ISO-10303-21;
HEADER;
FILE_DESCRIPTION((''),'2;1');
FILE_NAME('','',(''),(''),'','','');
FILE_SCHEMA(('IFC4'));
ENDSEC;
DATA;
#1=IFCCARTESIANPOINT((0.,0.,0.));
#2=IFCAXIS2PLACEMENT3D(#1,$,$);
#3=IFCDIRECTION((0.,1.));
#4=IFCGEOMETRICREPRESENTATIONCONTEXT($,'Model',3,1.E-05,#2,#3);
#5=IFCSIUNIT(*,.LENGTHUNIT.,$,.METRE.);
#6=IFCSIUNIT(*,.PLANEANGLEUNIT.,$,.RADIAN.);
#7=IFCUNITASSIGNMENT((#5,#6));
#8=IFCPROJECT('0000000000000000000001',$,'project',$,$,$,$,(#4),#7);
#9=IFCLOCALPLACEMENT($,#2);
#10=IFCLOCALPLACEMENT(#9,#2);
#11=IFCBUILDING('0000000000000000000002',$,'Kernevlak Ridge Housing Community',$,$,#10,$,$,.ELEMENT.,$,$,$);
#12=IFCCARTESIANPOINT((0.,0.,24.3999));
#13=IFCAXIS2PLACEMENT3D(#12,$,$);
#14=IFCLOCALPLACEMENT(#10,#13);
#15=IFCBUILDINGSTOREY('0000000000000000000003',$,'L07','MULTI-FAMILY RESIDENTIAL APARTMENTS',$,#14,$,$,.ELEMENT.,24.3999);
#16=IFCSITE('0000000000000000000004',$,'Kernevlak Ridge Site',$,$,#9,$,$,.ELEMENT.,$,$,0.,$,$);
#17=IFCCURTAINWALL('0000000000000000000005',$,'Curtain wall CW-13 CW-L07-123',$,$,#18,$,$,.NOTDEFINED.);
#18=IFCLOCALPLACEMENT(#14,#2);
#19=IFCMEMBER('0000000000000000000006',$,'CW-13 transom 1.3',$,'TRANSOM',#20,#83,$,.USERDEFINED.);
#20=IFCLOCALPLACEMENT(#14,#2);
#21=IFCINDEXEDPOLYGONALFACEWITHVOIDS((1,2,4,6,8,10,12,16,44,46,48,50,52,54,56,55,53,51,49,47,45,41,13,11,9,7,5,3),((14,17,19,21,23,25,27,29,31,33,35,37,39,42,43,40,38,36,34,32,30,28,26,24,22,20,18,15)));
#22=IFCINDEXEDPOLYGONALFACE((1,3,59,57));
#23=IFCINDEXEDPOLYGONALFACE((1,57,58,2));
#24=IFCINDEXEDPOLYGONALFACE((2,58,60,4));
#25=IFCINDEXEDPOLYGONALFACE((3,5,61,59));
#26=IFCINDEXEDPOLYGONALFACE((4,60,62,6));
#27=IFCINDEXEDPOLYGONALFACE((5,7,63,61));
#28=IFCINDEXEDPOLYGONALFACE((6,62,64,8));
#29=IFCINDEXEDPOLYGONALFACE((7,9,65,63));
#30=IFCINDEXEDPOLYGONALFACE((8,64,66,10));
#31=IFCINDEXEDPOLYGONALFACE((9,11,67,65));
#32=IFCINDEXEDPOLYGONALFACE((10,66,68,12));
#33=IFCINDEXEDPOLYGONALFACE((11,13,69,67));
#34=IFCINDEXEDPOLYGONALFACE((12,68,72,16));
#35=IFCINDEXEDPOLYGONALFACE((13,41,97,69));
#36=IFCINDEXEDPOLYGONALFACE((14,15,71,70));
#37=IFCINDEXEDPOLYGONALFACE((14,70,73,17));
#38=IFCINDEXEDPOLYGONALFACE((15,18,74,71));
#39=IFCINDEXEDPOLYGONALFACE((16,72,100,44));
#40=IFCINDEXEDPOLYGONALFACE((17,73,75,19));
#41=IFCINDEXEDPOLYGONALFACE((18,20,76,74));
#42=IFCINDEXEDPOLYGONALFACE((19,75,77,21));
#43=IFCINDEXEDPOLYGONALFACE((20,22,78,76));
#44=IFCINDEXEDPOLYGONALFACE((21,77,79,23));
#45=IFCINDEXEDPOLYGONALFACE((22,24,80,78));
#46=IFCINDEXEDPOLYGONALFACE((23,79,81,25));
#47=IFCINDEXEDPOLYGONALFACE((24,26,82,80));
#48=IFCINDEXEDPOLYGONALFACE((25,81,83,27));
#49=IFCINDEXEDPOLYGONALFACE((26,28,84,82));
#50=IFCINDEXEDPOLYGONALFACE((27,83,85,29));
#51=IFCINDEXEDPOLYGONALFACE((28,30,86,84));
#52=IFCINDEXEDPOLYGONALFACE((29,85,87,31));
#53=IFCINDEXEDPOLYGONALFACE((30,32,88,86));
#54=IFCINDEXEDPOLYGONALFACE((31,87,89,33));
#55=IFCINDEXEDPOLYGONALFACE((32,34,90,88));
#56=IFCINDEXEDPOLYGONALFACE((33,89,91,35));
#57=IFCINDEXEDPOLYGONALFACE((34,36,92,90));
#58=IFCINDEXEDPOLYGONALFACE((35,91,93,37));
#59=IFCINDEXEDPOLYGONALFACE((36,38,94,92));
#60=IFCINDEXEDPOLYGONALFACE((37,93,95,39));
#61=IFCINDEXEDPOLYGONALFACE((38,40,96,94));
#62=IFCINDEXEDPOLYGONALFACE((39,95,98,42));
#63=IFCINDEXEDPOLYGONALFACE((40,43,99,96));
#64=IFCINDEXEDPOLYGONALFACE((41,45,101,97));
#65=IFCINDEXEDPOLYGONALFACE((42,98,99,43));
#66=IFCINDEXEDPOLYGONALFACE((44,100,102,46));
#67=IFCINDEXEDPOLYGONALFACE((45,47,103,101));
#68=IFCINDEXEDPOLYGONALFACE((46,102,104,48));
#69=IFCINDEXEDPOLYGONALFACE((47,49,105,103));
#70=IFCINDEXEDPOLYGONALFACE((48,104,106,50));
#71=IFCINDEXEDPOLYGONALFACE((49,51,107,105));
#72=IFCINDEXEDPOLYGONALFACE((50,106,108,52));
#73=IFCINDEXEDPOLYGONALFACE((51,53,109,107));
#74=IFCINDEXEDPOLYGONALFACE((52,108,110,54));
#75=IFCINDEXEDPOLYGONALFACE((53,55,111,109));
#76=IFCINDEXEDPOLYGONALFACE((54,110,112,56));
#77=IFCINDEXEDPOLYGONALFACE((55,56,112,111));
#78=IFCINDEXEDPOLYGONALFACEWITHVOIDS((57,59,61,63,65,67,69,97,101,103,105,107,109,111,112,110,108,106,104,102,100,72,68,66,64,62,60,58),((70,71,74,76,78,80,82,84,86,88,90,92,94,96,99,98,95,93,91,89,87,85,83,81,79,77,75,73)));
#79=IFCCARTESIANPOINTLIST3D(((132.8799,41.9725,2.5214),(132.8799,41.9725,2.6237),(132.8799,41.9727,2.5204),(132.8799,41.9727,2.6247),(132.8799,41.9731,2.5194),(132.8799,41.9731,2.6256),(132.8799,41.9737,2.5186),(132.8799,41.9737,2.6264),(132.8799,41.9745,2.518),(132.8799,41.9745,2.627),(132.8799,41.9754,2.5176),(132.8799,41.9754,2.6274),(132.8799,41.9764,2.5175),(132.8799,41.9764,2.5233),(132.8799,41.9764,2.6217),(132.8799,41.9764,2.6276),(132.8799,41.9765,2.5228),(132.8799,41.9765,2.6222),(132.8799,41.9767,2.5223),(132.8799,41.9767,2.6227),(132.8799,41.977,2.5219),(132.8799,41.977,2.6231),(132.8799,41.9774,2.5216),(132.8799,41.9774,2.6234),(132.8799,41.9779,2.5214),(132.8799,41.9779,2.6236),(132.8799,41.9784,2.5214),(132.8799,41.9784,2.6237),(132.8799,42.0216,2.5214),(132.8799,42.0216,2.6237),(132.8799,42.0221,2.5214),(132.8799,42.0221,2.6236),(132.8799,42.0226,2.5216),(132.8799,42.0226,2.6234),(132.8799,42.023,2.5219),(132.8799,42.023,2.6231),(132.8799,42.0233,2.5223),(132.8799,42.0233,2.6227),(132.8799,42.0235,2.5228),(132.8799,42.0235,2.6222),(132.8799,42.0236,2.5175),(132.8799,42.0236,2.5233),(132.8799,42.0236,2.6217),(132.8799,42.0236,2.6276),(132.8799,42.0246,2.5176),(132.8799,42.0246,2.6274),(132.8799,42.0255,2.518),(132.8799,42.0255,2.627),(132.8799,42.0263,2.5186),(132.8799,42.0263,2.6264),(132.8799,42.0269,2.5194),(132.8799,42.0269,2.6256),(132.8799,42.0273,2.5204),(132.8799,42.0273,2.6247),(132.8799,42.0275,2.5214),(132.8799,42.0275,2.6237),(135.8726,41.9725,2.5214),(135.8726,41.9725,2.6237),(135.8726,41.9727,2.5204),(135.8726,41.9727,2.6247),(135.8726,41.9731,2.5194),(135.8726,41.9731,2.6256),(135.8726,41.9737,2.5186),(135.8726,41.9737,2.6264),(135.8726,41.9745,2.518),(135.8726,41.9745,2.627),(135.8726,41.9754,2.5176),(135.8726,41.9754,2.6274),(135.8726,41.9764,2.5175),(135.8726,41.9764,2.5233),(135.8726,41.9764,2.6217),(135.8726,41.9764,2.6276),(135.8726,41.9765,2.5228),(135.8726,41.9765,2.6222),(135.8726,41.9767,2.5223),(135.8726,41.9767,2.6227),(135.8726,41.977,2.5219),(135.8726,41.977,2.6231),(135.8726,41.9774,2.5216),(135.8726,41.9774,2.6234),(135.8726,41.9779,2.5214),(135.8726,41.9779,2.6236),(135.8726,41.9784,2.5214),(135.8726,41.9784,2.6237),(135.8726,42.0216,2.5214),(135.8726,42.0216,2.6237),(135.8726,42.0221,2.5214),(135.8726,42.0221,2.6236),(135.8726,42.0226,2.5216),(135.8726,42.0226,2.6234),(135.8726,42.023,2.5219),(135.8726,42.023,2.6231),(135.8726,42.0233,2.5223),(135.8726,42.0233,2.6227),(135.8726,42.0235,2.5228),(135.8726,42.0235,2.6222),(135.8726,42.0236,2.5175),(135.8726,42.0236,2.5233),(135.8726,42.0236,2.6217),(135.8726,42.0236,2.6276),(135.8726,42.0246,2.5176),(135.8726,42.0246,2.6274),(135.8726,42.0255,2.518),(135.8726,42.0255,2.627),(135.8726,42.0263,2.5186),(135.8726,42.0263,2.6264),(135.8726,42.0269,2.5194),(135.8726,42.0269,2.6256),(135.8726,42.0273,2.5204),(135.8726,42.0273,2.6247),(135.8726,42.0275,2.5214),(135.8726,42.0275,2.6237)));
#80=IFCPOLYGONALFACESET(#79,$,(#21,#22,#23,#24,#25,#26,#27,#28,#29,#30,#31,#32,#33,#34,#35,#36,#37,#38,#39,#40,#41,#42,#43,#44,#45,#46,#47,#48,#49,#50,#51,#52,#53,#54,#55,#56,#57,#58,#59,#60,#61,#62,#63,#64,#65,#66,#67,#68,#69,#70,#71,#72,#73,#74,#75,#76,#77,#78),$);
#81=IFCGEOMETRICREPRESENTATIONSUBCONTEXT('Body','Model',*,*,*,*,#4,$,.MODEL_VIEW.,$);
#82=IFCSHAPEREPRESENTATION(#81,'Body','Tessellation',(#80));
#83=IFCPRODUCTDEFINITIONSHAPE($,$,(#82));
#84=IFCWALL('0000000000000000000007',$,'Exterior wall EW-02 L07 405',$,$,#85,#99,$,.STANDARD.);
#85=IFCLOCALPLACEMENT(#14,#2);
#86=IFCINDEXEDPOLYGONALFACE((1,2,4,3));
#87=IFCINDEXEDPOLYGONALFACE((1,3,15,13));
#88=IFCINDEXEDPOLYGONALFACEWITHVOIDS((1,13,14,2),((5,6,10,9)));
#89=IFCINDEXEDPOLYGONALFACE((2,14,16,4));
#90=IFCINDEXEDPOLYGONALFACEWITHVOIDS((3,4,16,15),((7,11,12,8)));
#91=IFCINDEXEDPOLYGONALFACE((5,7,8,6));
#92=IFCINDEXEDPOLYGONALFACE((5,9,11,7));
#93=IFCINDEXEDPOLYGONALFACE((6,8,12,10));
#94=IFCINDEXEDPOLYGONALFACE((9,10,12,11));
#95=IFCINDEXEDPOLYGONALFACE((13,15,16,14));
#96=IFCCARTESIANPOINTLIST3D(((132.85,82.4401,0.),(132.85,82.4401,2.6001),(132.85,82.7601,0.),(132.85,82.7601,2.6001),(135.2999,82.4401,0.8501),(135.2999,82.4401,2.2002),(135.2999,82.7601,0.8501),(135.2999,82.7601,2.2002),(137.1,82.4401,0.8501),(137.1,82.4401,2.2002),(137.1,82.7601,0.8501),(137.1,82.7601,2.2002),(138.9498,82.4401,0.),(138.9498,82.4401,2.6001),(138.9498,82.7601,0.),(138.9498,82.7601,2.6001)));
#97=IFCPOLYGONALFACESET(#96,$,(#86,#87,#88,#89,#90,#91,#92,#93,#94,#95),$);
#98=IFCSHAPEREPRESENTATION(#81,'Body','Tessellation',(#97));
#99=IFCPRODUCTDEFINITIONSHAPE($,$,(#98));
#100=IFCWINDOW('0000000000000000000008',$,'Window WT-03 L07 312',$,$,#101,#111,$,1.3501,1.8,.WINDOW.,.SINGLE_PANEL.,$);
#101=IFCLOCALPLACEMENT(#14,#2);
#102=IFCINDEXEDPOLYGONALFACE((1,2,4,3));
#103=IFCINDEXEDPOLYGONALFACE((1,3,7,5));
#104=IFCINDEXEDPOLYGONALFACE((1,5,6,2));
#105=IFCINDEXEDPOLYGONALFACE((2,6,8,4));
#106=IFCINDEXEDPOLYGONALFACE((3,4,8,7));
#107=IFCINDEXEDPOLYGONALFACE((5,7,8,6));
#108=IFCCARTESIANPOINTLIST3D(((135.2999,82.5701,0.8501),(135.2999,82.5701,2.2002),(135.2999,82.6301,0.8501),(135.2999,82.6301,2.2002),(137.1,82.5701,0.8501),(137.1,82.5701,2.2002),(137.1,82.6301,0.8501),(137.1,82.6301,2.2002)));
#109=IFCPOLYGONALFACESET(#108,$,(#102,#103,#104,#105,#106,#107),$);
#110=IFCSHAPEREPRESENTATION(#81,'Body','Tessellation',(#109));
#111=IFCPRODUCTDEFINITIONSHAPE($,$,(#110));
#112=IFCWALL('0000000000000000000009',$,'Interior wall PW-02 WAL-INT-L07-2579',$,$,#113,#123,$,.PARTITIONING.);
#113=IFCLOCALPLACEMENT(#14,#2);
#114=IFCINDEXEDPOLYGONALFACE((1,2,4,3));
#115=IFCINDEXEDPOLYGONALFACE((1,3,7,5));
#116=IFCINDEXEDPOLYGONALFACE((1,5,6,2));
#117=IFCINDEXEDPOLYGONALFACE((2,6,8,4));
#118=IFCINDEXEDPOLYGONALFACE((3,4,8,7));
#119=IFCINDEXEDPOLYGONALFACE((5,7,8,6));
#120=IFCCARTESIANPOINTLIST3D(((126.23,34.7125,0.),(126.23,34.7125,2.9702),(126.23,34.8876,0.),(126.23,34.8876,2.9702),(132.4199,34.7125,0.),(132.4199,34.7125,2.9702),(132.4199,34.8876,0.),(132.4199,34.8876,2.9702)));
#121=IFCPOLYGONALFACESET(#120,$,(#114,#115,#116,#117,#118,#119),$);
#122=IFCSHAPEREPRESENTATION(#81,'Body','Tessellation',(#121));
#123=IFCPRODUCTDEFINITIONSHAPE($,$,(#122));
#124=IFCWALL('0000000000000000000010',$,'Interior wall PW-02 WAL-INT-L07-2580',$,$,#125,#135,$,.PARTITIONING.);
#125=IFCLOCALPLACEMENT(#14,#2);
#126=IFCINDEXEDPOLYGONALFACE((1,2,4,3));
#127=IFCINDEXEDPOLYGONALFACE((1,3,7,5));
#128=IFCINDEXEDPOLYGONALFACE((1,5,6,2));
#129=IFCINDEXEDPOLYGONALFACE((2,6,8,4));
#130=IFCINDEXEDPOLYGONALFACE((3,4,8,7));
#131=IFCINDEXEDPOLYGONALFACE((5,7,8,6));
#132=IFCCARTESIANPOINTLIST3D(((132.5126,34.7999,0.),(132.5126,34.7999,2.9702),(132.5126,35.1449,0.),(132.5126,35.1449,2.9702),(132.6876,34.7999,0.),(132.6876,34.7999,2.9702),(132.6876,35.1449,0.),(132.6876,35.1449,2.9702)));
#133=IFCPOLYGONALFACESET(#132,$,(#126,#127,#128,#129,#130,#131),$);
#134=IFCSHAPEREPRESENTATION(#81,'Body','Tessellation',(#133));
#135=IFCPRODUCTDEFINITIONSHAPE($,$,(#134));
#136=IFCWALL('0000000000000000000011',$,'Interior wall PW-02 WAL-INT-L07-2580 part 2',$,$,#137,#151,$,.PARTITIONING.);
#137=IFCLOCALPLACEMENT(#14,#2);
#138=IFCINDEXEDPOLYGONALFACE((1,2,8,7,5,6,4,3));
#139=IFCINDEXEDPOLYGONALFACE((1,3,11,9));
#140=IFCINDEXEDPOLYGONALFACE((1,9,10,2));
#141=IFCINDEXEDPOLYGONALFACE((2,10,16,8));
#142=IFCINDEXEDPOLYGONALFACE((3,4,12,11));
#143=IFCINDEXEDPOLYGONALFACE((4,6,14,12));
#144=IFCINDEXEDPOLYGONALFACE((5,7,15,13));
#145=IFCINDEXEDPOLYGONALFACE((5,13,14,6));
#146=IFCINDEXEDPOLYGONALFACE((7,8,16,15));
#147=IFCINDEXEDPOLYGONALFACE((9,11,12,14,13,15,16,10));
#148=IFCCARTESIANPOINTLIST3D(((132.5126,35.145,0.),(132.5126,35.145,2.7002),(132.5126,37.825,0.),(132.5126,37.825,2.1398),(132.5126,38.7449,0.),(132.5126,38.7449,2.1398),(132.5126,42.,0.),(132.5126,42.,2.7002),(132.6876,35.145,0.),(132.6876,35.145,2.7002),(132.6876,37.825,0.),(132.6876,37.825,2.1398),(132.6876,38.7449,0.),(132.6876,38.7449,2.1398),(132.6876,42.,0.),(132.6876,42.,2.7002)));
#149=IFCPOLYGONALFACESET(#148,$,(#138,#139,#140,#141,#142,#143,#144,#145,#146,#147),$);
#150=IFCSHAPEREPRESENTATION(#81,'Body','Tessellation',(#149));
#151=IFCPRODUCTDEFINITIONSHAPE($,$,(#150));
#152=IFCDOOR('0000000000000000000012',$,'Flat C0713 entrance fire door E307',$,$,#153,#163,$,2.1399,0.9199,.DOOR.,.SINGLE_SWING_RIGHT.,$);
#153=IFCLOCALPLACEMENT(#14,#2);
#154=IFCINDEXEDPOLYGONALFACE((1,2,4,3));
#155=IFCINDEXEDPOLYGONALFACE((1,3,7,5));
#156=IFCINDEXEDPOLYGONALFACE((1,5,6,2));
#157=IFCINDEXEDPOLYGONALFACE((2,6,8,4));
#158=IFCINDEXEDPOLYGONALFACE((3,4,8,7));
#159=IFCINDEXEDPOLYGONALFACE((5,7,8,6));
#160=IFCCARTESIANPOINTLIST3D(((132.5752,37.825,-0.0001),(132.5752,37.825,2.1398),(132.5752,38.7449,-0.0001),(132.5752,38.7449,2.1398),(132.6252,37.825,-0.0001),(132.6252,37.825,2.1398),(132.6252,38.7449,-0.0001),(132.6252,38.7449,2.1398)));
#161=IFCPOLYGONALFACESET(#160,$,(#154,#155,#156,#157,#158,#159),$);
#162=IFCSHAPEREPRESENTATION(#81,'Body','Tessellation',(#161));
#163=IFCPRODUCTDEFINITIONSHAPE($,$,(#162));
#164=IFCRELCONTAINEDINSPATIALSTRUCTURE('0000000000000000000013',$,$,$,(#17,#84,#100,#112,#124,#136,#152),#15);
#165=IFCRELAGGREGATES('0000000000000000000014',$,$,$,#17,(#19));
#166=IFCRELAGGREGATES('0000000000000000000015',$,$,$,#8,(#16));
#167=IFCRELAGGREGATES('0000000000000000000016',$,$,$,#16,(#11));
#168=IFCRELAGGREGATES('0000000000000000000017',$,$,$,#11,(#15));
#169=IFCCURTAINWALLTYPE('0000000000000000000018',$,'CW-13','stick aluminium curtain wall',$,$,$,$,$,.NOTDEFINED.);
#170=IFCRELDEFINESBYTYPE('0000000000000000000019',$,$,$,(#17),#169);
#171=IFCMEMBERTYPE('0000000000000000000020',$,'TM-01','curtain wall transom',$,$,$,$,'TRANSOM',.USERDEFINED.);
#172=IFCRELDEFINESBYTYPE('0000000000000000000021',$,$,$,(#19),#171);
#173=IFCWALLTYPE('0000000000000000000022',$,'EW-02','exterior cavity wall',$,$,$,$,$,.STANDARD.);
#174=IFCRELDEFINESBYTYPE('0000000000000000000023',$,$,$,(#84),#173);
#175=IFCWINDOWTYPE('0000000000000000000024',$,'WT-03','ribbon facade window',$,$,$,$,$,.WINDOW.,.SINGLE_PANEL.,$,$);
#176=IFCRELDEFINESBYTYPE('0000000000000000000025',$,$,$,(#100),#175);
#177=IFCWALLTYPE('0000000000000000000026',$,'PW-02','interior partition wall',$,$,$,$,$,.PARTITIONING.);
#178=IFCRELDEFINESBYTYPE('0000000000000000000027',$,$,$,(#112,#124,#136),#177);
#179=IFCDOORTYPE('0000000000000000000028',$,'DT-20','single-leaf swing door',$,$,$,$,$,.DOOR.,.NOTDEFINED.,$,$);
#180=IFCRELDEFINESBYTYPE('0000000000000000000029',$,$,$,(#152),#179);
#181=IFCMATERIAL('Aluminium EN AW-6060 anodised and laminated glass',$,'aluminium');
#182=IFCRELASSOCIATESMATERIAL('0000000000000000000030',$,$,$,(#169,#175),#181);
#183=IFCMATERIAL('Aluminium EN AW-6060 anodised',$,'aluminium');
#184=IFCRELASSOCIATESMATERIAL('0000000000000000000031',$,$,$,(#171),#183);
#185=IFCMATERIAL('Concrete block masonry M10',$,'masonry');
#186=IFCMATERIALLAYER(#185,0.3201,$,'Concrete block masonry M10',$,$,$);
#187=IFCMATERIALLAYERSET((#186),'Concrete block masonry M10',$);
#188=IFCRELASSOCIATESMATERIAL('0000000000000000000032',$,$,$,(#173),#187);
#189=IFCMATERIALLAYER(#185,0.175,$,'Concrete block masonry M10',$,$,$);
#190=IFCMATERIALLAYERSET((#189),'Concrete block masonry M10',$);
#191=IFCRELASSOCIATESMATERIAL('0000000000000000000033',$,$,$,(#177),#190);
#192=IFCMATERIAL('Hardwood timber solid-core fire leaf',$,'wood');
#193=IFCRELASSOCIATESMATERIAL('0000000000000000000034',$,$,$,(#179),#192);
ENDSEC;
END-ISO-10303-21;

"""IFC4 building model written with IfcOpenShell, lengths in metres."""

from ifc_helpers import new_model, si_unit, direction, frame, frame_2d, origin, origin_2d, place, context, subcontext, project, spatial, rectangle, hollow_rectangle, extrude, material, layer, layer_set, material_profile, profile_set, type_object, element, fill, aggregate, save


model = new_model("IFC4")

# Units and contexts
model_context = context("Model", 3, precision=1e-05, world=origin(), true_north=direction((0.0, 1.0)))
body_context = subcontext(model_context, "Body", "Model", "MODEL_VIEW")
ifc_project = project(units=[si_unit("LENGTHUNIT", "METRE"), si_unit("PLANEANGLEUNIT", "RADIAN")], contexts=[model_context])

# Site, building, storey
site_placement = place(None, origin())
site = spatial("IfcSite", under=ifc_project, at=site_placement, Name="Kernevlak Ridge Site", CompositionType="ELEMENT", RefElevation=0.0)
building_placement = place(site_placement, origin())
building = spatial("IfcBuilding", under=site, at=building_placement, Name="Kernevlak Ridge Housing Community", CompositionType="ELEMENT")
storey_placement = place(building_placement, frame((0.0, 0.0, 24.3999)))
storey = spatial("IfcBuildingStorey", under=building, at=storey_placement, Name="L07", Description="MULTI-FAMILY RESIDENTIAL APARTMENTS", CompositionType="ELEMENT", Elevation=24.3999)

# Curtain wall
ifc_material_1 = material(Name="Aluminium EN AW-6060 anodised and laminated glass", Category="aluminium")
curtain_wall_type = type_object("IfcCurtainWallType", Name="CW-13", Description="stick aluminium curtain wall", PredefinedType="NOTDEFINED", material=ifc_material_1)
curtain_wall_placement = place(storey_placement, origin())
curtain_wall = element("IfcCurtainWall", 1, at=curtain_wall_placement, inside=storey, type_object=curtain_wall_type, Name="Curtain wall CW-13 CW-L07-123", PredefinedType="NOTDEFINED")
ifc_material_2 = material(Name="Aluminium EN AW-6060 anodised", Category="aluminium")

# Member
ifc_material_profile_1 = material_profile(ifc_material_2, hollow_rectangle(XDim=0.0549, YDim=0.1101, WallThickness=0.0039, InnerFilletRadius=0.002, OuterFilletRadius=0.0039, at=origin_2d()), Name="ALU 55x110x4")
ifc_profile_set_1 = profile_set([ifc_material_profile_1], Name="Aluminium EN AW-6060 anodised")
member_type_1 = type_object("IfcMemberType", Name="TM-01", Description="curtain wall transom", ElementType="TRANSOM", PredefinedType="USERDEFINED", material=ifc_profile_set_1)
member_1_placement = place(storey_placement, frame((132.8799, 42.0, 2.5725), z_axis=(1.0, 0.0, 0.0), x_axis=(0.0, 1.0, 0.0)))
member_1 = element("IfcMember", 2, at=member_1_placement, type_object=member_type_1, Name="CW-13 transom 1.3", ObjectType="TRANSOM", PredefinedType="USERDEFINED", context=body_context, shape_type="SweptSolid", body=[
    extrude(hollow_rectangle(XDim=0.0549, YDim=0.1101, WallThickness=0.0039, InnerFilletRadius=0.002, OuterFilletRadius=0.0039, at=origin_2d()), origin(), (0.0, 0.0, 1.0), 2.9927),
])
aggregate(curtain_wall, [member_1])

# Wall, opening, window
ifc_material_3 = material(Name="Concrete block masonry M10", Category="masonry")
ifc_layer_1 = layer(ifc_material_3, 0.3201, Name="Concrete block masonry M10")
ifc_layer_set_1 = layer_set([ifc_layer_1], Name="Concrete block masonry M10")
wall_type_1 = type_object("IfcWallType", Name="EW-02", Description="exterior cavity wall", PredefinedType="STANDARD", material=ifc_layer_set_1)
wall_1_placement = place(storey_placement, frame((132.8501, 82.6001, 0.0), z_axis=(0.0, 0.0, 1.0), x_axis=(1.0, 0.0, 0.0)))
wall_1 = element("IfcWall", 3, at=wall_1_placement, inside=storey, type_object=wall_type_1, Name="Exterior wall EW-02 L07 405", PredefinedType="STANDARD", context=body_context, shape_type="SweptSolid", body=[
    extrude(rectangle(XDim=6.0999, YDim=0.3201, at=frame_2d((3.0498, 0.0))), origin(), (0.0, 0.0, 1.0), 2.6001),
])
opening_1_placement = place(wall_1_placement, frame((2.45, 0.0, 0.8501)))
opening_1 = element("IfcOpeningElement", 4, at=opening_1_placement, cuts=wall_1, PredefinedType="OPENING", context=body_context, shape_type="SweptSolid", body=[
    extrude(rectangle(XDim=1.8, YDim=1.3501, at=frame_2d((0.8999, 0.675))), frame((0.0, 0.1699, 0.0), z_axis=(0.0, -1.0, 0.0), x_axis=(1.0, 0.0, 0.0)), (0.0, 0.0, 1.0), 0.3401),
])
window_type = type_object("IfcWindowType", Name="WT-03", Description="ribbon facade window", PartitioningType="SINGLE_PANEL", PredefinedType="WINDOW", material=ifc_material_1)
window_placement = place(opening_1_placement, origin())
window = element("IfcWindow", 5, at=window_placement, inside=storey, type_object=window_type, Name="Window WT-03 L07 312", OverallHeight=1.3501, OverallWidth=1.8, PartitioningType="SINGLE_PANEL", PredefinedType="WINDOW", context=body_context, shape_type="SweptSolid", body=[
    extrude(rectangle(XDim=1.8, YDim=1.3501, at=frame_2d((0.8999, 0.675))), frame((0.0, 0.03, 0.0), z_axis=(0.0, -1.0, 0.0), x_axis=(1.0, 0.0, 0.0)), (0.0, 0.0, 1.0), 0.0601),
])
fill(opening_1, window)

# Walls
ifc_layer_2 = layer(ifc_material_3, 0.175, Name="Concrete block masonry M10")
ifc_layer_set_2 = layer_set([ifc_layer_2], Name="Concrete block masonry M10")
wall_type_2 = type_object("IfcWallType", Name="PW-02", Description="interior partition wall", PredefinedType="PARTITIONING", material=ifc_layer_set_2)
wall_2_placement = place(storey_placement, frame((132.4199, 34.8, 0.0), z_axis=(0.0, 0.0, 1.0), x_axis=(-1.0, 0.0, 0.0)))
element("IfcWall", 6, at=wall_2_placement, inside=storey, type_object=wall_type_2, Name="Interior wall PW-02 WAL-INT-L07-2579", PredefinedType="PARTITIONING", context=body_context, shape_type="SweptSolid", body=[
    extrude(rectangle(XDim=6.1899, YDim=0.175, at=frame_2d((3.095, 0.0))), origin(), (0.0, 0.0, 1.0), 2.9702),
])
wall_3_placement = place(storey_placement, frame((132.6001, 34.8, 0.0), z_axis=(0.0, 0.0, 1.0), x_axis=(0.0, 1.0, 0.0)))
element("IfcWall", 7, at=wall_3_placement, inside=storey, type_object=wall_type_2, Name="Interior wall PW-02 WAL-INT-L07-2580", PredefinedType="PARTITIONING", context=body_context, shape_type="SweptSolid", body=[
    extrude(rectangle(XDim=0.345, YDim=0.175, at=frame_2d((0.1724, 0.0))), origin(), (0.0, 0.0, 1.0), 2.9702),
])

# Wall, opening, door
wall_4_placement = place(storey_placement, frame((132.6001, 35.145, 0.0), z_axis=(0.0, 0.0, 1.0), x_axis=(0.0, 1.0, 0.0)))
wall_4 = element("IfcWall", 8, at=wall_4_placement, inside=storey, type_object=wall_type_2, Name="Interior wall PW-02 WAL-INT-L07-2580 part 2", PredefinedType="PARTITIONING", context=body_context, shape_type="SweptSolid", body=[
    extrude(rectangle(XDim=6.855, YDim=0.175, at=frame_2d((3.4275, 0.0))), origin(), (0.0, 0.0, 1.0), 2.7002),
])
opening_2_placement = place(wall_4_placement, frame((2.6799, 0.0, 0.0)))
opening_2 = element("IfcOpeningElement", 9, at=opening_2_placement, cuts=wall_4, PredefinedType="OPENING", context=body_context, shape_type="SweptSolid", body=[
    extrude(rectangle(XDim=0.9199, YDim=2.1399, at=frame_2d((0.46, 1.0698))), frame((0.0, 0.0974, 0.0), z_axis=(0.0, -1.0, 0.0), x_axis=(1.0, 0.0, 0.0)), (0.0, 0.0, 1.0), 0.1951),
])
ifc_material_4 = material(Name="Hardwood timber solid-core fire leaf", Category="wood")
door_type_1 = type_object("IfcDoorType", Name="DT-20", Description="single-leaf swing door", OperationType="NOTDEFINED", PredefinedType="DOOR", material=ifc_material_4)
door_1_placement = place(opening_2_placement, origin())
door_1 = element("IfcDoor", 10, at=door_1_placement, inside=storey, type_object=door_type_1, Name="Flat C0713 entrance fire door E307", OperationType="SINGLE_SWING_RIGHT", OverallHeight=2.1399, OverallWidth=0.9199, PredefinedType="DOOR", context=body_context, shape_type="SweptSolid", body=[
    extrude(rectangle(XDim=0.9199, YDim=2.1399, at=frame_2d((0.46, 1.0698))), frame((0.0, 0.0249, 0.0), z_axis=(0.0, -1.0, 0.0), x_axis=(1.0, 0.0, 0.0)), (0.0, 0.0, 1.0), 0.05),
])
fill(opening_2, door_1)

save(model, "model.ifc")
